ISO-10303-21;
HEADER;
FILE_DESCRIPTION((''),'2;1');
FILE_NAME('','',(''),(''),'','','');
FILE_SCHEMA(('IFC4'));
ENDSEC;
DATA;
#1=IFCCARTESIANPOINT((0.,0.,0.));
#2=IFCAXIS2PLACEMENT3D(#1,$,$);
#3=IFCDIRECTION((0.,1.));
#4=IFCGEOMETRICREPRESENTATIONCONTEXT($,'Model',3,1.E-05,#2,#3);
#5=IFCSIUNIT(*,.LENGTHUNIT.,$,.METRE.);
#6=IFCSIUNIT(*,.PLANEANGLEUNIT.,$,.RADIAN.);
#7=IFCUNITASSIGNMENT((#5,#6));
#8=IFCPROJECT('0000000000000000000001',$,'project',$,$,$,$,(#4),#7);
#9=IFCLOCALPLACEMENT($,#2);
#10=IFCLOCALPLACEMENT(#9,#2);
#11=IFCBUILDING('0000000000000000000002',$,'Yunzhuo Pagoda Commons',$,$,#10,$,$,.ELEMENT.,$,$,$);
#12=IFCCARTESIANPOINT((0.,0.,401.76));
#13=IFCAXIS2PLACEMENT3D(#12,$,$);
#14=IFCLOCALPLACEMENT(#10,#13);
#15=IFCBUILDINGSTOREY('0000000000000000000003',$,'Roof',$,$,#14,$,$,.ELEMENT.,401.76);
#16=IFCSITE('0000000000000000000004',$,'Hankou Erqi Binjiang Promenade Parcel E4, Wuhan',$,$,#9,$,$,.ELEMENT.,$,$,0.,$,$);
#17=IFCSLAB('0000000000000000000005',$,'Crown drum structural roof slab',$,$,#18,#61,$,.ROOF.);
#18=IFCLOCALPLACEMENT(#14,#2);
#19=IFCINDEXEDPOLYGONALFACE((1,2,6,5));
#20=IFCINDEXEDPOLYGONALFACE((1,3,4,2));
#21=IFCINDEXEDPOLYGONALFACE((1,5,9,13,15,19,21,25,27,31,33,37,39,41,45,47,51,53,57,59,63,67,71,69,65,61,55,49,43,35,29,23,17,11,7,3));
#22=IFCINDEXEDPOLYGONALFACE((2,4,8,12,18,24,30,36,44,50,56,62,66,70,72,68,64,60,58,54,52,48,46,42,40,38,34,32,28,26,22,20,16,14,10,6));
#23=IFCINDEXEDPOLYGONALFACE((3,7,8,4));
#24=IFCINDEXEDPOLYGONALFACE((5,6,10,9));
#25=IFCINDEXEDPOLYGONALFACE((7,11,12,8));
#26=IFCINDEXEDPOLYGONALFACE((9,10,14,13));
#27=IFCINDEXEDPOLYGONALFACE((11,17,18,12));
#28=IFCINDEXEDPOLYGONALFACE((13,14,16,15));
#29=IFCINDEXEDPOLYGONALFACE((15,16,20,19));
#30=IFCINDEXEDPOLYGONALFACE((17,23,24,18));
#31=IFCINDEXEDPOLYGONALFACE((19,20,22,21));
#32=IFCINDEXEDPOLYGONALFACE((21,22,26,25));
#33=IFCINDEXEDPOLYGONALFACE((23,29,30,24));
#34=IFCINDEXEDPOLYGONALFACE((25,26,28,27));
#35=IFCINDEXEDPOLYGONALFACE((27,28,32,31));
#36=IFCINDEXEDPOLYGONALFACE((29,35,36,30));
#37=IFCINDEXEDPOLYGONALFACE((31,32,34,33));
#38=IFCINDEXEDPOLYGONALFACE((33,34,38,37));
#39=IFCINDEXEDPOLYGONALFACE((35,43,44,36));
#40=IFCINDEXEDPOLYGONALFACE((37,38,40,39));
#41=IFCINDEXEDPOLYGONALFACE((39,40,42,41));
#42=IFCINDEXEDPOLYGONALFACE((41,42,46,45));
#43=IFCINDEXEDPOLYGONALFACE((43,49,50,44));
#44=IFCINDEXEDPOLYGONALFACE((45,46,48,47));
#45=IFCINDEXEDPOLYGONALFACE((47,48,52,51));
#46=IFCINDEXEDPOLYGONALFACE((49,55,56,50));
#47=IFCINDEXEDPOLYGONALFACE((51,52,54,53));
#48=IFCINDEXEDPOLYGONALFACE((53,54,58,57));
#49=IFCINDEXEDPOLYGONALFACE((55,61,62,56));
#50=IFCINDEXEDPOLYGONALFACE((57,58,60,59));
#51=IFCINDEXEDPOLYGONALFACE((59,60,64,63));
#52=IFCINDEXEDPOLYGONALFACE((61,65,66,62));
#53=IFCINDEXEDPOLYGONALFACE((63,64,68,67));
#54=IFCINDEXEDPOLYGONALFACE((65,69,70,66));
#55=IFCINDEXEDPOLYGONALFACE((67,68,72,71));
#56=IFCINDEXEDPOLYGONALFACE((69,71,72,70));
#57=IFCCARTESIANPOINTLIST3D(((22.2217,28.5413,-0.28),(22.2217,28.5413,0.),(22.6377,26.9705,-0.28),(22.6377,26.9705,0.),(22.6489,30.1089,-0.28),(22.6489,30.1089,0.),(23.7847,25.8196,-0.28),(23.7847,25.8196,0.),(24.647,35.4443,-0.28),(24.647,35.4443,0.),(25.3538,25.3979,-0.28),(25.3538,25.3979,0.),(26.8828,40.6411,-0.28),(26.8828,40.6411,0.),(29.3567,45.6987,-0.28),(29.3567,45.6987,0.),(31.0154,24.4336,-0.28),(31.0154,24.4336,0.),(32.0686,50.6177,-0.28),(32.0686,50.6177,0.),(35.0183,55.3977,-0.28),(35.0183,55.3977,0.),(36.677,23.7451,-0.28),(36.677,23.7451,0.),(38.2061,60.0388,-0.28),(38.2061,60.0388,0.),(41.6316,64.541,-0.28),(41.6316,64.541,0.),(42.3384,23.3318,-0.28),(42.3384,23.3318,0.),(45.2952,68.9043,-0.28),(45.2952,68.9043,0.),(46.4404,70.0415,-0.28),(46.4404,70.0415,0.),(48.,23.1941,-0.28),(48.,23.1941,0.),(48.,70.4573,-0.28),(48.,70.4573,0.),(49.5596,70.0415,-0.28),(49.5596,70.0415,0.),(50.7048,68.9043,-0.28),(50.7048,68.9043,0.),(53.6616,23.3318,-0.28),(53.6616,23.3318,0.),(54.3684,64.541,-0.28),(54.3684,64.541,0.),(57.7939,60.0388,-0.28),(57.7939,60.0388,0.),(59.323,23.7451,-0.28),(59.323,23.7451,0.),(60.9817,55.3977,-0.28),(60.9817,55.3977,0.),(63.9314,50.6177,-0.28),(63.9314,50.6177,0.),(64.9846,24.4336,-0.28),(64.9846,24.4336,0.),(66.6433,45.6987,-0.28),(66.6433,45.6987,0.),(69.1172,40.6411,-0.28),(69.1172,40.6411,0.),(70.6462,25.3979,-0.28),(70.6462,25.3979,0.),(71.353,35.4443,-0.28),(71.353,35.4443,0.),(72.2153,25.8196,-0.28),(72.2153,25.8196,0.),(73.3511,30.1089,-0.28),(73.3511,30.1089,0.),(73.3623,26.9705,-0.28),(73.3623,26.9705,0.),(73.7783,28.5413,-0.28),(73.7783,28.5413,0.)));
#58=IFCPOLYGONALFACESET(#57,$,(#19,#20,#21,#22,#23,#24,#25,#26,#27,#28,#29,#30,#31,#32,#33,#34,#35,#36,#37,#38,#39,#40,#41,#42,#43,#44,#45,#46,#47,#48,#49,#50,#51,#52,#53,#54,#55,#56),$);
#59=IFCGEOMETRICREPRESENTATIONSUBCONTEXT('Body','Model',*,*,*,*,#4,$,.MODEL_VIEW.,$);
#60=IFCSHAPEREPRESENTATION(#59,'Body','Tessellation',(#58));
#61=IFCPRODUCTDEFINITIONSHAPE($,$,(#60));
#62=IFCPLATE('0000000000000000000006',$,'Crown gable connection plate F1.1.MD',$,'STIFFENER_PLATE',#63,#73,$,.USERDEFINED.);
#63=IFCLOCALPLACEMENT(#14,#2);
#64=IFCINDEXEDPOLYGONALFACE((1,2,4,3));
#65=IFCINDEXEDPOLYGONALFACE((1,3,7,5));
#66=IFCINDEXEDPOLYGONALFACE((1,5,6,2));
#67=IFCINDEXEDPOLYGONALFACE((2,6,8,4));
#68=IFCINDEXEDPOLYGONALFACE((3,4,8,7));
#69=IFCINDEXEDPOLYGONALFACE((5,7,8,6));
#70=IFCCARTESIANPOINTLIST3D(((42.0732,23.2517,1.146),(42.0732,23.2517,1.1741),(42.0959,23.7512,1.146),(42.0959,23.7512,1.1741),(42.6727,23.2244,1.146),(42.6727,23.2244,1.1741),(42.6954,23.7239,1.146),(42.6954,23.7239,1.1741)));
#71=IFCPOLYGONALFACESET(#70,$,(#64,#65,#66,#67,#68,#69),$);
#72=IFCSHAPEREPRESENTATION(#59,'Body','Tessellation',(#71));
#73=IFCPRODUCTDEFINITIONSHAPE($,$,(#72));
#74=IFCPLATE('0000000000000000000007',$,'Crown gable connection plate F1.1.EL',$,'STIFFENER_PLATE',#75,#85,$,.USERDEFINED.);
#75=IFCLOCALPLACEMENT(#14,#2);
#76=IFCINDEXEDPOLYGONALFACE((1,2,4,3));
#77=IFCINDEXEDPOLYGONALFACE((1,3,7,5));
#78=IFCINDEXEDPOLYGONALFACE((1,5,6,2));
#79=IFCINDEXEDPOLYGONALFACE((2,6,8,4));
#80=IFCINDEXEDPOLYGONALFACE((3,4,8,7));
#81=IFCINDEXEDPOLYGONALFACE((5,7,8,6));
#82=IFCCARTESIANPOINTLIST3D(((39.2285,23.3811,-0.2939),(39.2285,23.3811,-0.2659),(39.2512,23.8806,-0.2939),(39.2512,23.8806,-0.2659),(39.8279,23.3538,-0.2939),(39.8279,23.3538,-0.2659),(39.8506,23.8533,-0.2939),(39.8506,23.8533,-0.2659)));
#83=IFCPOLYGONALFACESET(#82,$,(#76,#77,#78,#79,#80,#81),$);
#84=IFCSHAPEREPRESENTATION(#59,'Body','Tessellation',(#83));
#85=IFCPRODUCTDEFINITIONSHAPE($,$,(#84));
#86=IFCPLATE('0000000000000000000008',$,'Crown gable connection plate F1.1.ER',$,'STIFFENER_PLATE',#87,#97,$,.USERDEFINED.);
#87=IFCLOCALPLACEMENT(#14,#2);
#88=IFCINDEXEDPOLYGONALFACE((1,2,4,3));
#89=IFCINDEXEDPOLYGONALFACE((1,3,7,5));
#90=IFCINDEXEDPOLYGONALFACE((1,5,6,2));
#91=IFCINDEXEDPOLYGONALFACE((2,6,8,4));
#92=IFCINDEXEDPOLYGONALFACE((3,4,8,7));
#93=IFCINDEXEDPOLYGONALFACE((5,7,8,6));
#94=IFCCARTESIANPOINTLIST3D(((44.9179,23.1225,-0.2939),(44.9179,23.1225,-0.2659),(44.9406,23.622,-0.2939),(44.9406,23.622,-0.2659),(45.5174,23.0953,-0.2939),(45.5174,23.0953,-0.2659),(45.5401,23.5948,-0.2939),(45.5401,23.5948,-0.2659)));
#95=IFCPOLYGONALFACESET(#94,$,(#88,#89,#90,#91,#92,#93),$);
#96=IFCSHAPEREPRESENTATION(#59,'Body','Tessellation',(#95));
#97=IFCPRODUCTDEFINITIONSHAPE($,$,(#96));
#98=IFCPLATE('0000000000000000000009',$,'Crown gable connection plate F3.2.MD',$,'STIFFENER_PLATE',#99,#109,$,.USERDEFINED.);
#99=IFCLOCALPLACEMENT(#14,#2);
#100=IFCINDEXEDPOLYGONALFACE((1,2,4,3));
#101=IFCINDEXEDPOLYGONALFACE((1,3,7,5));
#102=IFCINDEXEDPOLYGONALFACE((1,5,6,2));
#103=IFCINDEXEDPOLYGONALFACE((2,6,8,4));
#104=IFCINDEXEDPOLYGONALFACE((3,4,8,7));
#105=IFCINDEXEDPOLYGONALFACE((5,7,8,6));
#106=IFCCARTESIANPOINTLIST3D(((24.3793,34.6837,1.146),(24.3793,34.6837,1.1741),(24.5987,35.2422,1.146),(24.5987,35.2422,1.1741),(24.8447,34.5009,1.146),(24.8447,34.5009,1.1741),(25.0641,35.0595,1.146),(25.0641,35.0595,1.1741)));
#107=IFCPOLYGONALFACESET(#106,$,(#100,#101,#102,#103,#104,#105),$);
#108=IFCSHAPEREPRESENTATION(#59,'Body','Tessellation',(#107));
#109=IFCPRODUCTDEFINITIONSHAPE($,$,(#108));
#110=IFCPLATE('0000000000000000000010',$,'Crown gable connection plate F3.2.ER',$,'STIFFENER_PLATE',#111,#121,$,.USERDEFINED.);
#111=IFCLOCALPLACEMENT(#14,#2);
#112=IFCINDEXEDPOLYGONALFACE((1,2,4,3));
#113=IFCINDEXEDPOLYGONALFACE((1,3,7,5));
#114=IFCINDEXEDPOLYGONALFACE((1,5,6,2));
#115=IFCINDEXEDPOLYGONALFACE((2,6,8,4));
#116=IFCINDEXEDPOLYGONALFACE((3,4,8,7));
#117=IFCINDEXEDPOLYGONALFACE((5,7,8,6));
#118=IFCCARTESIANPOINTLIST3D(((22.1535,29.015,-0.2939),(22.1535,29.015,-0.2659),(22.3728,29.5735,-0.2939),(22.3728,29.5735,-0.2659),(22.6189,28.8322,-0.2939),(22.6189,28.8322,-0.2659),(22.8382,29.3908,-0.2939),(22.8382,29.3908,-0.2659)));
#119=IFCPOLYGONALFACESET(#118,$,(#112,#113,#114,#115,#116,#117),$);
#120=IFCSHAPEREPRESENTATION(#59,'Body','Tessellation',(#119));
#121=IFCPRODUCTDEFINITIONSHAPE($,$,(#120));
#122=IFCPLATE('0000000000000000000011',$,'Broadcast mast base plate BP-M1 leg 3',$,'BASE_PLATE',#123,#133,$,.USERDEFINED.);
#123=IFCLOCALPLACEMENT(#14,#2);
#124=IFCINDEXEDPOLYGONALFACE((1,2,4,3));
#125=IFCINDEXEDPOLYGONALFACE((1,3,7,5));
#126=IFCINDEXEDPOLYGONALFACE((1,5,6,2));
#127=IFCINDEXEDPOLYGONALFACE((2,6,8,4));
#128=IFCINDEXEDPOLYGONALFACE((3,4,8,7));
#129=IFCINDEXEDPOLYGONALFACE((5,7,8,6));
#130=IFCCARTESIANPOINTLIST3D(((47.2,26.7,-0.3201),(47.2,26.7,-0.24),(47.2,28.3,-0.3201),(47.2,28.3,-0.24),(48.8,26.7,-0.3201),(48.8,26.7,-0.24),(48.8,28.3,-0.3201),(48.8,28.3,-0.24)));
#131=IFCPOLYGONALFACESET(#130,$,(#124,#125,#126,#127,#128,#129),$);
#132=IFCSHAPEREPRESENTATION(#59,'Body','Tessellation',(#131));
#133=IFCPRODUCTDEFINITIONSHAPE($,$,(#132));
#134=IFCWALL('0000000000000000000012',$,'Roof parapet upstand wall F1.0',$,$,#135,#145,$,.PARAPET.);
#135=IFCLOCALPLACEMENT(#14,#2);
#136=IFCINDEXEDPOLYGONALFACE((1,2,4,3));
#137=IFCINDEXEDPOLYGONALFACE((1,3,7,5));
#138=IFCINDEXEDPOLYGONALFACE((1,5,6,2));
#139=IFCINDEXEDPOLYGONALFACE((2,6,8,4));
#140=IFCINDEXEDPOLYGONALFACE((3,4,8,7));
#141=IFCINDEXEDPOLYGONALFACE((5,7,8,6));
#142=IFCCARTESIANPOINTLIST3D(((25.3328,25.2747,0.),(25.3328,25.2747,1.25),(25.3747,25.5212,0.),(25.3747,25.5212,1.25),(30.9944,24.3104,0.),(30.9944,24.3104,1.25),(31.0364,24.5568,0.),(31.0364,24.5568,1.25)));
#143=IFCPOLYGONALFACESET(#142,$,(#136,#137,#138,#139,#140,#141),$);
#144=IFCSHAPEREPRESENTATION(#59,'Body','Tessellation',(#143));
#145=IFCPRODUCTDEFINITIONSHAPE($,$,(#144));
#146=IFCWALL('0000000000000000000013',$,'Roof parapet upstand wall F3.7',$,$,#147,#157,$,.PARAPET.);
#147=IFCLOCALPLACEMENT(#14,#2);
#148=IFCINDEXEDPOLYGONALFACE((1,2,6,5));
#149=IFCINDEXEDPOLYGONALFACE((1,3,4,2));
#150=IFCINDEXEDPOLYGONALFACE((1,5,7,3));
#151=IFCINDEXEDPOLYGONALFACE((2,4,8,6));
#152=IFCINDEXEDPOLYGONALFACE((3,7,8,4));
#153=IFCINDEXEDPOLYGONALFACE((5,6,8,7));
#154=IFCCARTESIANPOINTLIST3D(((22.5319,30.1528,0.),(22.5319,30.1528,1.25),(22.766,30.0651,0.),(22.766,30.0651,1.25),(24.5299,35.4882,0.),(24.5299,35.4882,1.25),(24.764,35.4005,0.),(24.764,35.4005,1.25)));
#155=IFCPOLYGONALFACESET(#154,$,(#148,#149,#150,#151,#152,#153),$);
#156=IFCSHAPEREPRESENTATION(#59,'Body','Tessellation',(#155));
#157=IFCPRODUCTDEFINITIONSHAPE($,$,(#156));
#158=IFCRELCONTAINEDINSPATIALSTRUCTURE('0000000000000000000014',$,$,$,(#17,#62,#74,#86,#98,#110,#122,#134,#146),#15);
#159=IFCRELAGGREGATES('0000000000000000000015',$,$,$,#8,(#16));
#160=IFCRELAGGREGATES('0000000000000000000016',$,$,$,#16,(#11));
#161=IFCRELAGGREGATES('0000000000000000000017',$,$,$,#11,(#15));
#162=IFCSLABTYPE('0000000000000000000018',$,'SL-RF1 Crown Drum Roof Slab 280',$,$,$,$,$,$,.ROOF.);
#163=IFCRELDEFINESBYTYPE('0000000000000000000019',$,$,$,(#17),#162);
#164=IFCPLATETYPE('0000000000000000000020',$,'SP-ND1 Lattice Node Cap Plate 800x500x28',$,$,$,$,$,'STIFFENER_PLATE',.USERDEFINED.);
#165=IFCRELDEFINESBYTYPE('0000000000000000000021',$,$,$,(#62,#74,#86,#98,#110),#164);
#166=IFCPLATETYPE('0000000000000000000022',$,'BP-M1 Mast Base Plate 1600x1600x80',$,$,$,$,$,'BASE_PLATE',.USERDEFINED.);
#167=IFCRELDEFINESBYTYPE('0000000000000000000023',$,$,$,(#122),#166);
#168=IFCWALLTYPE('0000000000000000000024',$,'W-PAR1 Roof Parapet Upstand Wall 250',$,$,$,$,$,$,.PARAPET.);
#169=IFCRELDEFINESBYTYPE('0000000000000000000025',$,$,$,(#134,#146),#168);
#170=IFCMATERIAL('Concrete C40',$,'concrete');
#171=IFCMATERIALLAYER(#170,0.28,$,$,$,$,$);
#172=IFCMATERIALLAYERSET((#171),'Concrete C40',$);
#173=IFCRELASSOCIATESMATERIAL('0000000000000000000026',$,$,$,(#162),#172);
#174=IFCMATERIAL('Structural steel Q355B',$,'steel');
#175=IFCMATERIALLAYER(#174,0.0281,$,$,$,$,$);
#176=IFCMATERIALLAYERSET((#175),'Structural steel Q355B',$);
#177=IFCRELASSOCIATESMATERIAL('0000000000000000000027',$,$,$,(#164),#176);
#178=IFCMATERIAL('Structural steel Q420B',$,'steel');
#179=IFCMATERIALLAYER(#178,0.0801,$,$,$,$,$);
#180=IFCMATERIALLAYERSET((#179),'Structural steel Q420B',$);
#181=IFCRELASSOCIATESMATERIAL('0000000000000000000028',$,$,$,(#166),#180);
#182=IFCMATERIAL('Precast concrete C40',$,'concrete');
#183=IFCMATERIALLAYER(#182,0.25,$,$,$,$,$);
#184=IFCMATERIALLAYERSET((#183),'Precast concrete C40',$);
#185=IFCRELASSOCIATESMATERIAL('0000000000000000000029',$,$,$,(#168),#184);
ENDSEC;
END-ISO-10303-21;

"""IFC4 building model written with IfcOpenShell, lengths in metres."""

from ifc_helpers import new_model, si_unit, direction, frame, frame_2d, origin, origin_2d, place, context, subcontext, project, spatial, polyline, rectangle, outline, extrude, source, transform, mapped, material, layer, layer_set, type_object, element, save


model = new_model("IFC4")

# Units and contexts
model_context = context("Model", 3, precision=1e-05, world=origin(), true_north=direction((0.0, 1.0)))
body_context = subcontext(model_context, "Body", "Model", "MODEL_VIEW")
ifc_project = project(units=[si_unit("LENGTHUNIT", "METRE"), si_unit("PLANEANGLEUNIT", "RADIAN")], contexts=[model_context])

# Site, building, storey
site_placement = place(None, origin())
site = spatial("IfcSite", under=ifc_project, at=site_placement, Name="Hankou Erqi Binjiang Promenade Parcel E4, Wuhan", CompositionType="ELEMENT", RefElevation=0.0)
building_placement = place(site_placement, origin())
building = spatial("IfcBuilding", under=site, at=building_placement, Name="Yunzhuo Pagoda Commons", CompositionType="ELEMENT")
storey_placement = place(building_placement, frame((0.0, 0.0, 401.76)))
storey = spatial("IfcBuildingStorey", under=building, at=storey_placement, Name="Roof", CompositionType="ELEMENT", Elevation=401.76)

# Shared definitions
ifc_material_1 = material(Name="Structural steel Q355B", Category="steel")

# Shared definitions
ifc_material_2 = material(Name="Structural steel Q420B", Category="steel")

# Slab
ifc_material_3 = material(Name="Concrete C40", Category="concrete")
ifc_layer_1 = layer(ifc_material_3, 0.28)
ifc_layer_set_1 = layer_set([ifc_layer_1], Name="Concrete C40")
slab_type = type_object("IfcSlabType", Name="SL-RF1 Crown Drum Roof Slab 280", PredefinedType="ROOF", material=ifc_layer_set_1)
slab_placement = place(storey_placement, frame((0.0, 0.0, -0.28)))
element("IfcSlab", 1, at=slab_placement, inside=storey, type_object=slab_type, Name="Crown drum structural roof slab", PredefinedType="ROOF", context=body_context, shape_type="SweptSolid", body=[
    extrude(outline(polyline([(22.6489, 30.1089), (22.2217, 28.5413), (22.6377, 26.9705), (23.7847, 25.8196), (25.3538, 25.3979), (31.0154, 24.4336), (36.677, 23.7451), (42.3384, 23.3318), (48.0, 23.1941), (53.6616, 23.3318), (59.323, 23.7451), (64.9846, 24.4336), (70.6462, 25.3979), (72.2153, 25.8196), (73.3623, 26.9705), (73.7783, 28.5413), (73.3511, 30.1089), (71.353, 35.4443), (69.1172, 40.6411), (66.6433, 45.6987), (63.9314, 50.6177), (60.9817, 55.3977), (57.7939, 60.0388), (54.3684, 64.541), (50.7048, 68.9043), (49.5596, 70.0415), (48.0, 70.4573), (46.4404, 70.0415), (45.2952, 68.9043), (41.6316, 64.541), (38.2061, 60.0388), (35.0183, 55.3977), (32.0686, 50.6177), (29.3567, 45.6987), (26.8828, 40.6411), (24.647, 35.4443), (22.6489, 30.1089)])), origin(), (0.0, 0.0, 1.0), 0.28),
])

# Plates
ifc_layer_2 = layer(ifc_material_1, 0.0281)
ifc_layer_set_2 = layer_set([ifc_layer_2], Name="Structural steel Q355B")
plate_type_1 = type_object("IfcPlateType", Name="SP-ND1 Lattice Node Cap Plate 800x500x28", ElementType="STIFFENER_PLATE", PredefinedType="USERDEFINED", material=ifc_layer_set_2)
shared_shape_1 = source(origin(), body_context, "Body", "SweptSolid", [
    extrude(rectangle(XDim=0.6001, YDim=0.5, at=origin_2d()), origin(), (0.0, 0.0, 1.0), 0.0281),
])
for number, where, z_axis, x_axis, name in (
    (2, (42.3843, 23.4878, 1.146), (0.0, 0.0, 1.0), (0.998968, -0.045415, 0.0), "Crown gable connection plate F1.1.MD"),
    (3, (39.5396, 23.6172, -0.2939), (0.0, 0.0, 1.0), (0.998968, -0.045415, 0.0), "Crown gable connection plate F1.1.EL"),
    (4, (45.229, 23.3586, -0.2939), (0.0, 0.0, 1.0), (0.998968, -0.045415, 0.0), "Crown gable connection plate F1.1.ER"),
    (5, (24.7217, 34.8716, 1.146), (0.0, 0.0, 1.0), (-0.365527, -0.930801, 0.0), "Crown gable connection plate F3.2.MD"),
    (6, (22.4958, 29.2029, -0.2939), (0.0, 0.0, 1.0), (-0.365527, -0.930801, 0.0), "Crown gable connection plate F3.2.ER"),
):
    element("IfcPlate", number, at=place(storey_placement, frame(where, z_axis=z_axis, x_axis=x_axis)), inside=storey, type_object=plate_type_1, Name=name, ObjectType="STIFFENER_PLATE", PredefinedType="USERDEFINED", context=body_context, shape_type="MappedRepresentation", body=[
        mapped(shared_shape_1, transform((0.0, 0.0, 0.0), scale=1.0)),
    ])
ifc_layer_3 = layer(ifc_material_2, 0.0801)
ifc_layer_set_3 = layer_set([ifc_layer_3], Name="Structural steel Q420B")
plate_type_2 = type_object("IfcPlateType", Name="BP-M1 Mast Base Plate 1600x1600x80", ElementType="BASE_PLATE", PredefinedType="USERDEFINED", material=ifc_layer_set_3)
shared_shape_2 = source(origin(), body_context, "Body", "SweptSolid", [
    extrude(rectangle(XDim=1.6001, YDim=1.6001, at=origin_2d()), origin(), (0.0, 0.0, 1.0), 0.0801),
])
plate_placement = place(storey_placement, frame((48.0, 27.5, -0.3201), z_axis=(0.0, 0.0, 1.0), x_axis=(1.0, 0.0, 0.0)))
element("IfcPlate", 7, at=plate_placement, inside=storey, type_object=plate_type_2, Name="Broadcast mast base plate BP-M1 leg 3", ObjectType="BASE_PLATE", PredefinedType="USERDEFINED", context=body_context, shape_type="MappedRepresentation", body=[
    mapped(shared_shape_2, transform((0.0, 0.0, 0.0), scale=1.0)),
])

# Walls
ifc_material_4 = material(Name="Precast concrete C40", Category="concrete")
ifc_layer_4 = layer(ifc_material_4, 0.25)
ifc_layer_set_4 = layer_set([ifc_layer_4], Name="Precast concrete C40")
wall_type = type_object("IfcWallType", Name="W-PAR1 Roof Parapet Upstand Wall 250", PredefinedType="PARAPET", material=ifc_layer_set_4)
wall_1_placement = place(storey_placement, frame((25.3538, 25.3979, 0.0), z_axis=(0.0, 0.0, 1.0), x_axis=(0.985802, -0.167914, 0.0)))
element("IfcWall", 8, at=wall_1_placement, inside=storey, type_object=wall_type, Name="Roof parapet upstand wall F1.0", PredefinedType="PARAPET", context=body_context, shape_type="SweptSolid", body=[
    extrude(rectangle(XDim=5.7432, YDim=0.25, at=frame_2d((2.8716, 0.0))), origin(), (0.0, 0.0, 1.0), 1.25),
])
wall_2_placement = place(storey_placement, frame((24.647, 35.4443, 0.0), z_axis=(0.0, 0.0, 1.0), x_axis=(-0.350701, -0.936488, 0.0)))
element("IfcWall", 9, at=wall_2_placement, inside=storey, type_object=wall_type, Name="Roof parapet upstand wall F3.7", PredefinedType="PARAPET", context=body_context, shape_type="SweptSolid", body=[
    extrude(rectangle(XDim=5.6973, YDim=0.25, at=frame_2d((2.8486, 0.0))), origin(), (0.0, 0.0, 1.0), 1.25),
])

save(model, "model.ifc")
